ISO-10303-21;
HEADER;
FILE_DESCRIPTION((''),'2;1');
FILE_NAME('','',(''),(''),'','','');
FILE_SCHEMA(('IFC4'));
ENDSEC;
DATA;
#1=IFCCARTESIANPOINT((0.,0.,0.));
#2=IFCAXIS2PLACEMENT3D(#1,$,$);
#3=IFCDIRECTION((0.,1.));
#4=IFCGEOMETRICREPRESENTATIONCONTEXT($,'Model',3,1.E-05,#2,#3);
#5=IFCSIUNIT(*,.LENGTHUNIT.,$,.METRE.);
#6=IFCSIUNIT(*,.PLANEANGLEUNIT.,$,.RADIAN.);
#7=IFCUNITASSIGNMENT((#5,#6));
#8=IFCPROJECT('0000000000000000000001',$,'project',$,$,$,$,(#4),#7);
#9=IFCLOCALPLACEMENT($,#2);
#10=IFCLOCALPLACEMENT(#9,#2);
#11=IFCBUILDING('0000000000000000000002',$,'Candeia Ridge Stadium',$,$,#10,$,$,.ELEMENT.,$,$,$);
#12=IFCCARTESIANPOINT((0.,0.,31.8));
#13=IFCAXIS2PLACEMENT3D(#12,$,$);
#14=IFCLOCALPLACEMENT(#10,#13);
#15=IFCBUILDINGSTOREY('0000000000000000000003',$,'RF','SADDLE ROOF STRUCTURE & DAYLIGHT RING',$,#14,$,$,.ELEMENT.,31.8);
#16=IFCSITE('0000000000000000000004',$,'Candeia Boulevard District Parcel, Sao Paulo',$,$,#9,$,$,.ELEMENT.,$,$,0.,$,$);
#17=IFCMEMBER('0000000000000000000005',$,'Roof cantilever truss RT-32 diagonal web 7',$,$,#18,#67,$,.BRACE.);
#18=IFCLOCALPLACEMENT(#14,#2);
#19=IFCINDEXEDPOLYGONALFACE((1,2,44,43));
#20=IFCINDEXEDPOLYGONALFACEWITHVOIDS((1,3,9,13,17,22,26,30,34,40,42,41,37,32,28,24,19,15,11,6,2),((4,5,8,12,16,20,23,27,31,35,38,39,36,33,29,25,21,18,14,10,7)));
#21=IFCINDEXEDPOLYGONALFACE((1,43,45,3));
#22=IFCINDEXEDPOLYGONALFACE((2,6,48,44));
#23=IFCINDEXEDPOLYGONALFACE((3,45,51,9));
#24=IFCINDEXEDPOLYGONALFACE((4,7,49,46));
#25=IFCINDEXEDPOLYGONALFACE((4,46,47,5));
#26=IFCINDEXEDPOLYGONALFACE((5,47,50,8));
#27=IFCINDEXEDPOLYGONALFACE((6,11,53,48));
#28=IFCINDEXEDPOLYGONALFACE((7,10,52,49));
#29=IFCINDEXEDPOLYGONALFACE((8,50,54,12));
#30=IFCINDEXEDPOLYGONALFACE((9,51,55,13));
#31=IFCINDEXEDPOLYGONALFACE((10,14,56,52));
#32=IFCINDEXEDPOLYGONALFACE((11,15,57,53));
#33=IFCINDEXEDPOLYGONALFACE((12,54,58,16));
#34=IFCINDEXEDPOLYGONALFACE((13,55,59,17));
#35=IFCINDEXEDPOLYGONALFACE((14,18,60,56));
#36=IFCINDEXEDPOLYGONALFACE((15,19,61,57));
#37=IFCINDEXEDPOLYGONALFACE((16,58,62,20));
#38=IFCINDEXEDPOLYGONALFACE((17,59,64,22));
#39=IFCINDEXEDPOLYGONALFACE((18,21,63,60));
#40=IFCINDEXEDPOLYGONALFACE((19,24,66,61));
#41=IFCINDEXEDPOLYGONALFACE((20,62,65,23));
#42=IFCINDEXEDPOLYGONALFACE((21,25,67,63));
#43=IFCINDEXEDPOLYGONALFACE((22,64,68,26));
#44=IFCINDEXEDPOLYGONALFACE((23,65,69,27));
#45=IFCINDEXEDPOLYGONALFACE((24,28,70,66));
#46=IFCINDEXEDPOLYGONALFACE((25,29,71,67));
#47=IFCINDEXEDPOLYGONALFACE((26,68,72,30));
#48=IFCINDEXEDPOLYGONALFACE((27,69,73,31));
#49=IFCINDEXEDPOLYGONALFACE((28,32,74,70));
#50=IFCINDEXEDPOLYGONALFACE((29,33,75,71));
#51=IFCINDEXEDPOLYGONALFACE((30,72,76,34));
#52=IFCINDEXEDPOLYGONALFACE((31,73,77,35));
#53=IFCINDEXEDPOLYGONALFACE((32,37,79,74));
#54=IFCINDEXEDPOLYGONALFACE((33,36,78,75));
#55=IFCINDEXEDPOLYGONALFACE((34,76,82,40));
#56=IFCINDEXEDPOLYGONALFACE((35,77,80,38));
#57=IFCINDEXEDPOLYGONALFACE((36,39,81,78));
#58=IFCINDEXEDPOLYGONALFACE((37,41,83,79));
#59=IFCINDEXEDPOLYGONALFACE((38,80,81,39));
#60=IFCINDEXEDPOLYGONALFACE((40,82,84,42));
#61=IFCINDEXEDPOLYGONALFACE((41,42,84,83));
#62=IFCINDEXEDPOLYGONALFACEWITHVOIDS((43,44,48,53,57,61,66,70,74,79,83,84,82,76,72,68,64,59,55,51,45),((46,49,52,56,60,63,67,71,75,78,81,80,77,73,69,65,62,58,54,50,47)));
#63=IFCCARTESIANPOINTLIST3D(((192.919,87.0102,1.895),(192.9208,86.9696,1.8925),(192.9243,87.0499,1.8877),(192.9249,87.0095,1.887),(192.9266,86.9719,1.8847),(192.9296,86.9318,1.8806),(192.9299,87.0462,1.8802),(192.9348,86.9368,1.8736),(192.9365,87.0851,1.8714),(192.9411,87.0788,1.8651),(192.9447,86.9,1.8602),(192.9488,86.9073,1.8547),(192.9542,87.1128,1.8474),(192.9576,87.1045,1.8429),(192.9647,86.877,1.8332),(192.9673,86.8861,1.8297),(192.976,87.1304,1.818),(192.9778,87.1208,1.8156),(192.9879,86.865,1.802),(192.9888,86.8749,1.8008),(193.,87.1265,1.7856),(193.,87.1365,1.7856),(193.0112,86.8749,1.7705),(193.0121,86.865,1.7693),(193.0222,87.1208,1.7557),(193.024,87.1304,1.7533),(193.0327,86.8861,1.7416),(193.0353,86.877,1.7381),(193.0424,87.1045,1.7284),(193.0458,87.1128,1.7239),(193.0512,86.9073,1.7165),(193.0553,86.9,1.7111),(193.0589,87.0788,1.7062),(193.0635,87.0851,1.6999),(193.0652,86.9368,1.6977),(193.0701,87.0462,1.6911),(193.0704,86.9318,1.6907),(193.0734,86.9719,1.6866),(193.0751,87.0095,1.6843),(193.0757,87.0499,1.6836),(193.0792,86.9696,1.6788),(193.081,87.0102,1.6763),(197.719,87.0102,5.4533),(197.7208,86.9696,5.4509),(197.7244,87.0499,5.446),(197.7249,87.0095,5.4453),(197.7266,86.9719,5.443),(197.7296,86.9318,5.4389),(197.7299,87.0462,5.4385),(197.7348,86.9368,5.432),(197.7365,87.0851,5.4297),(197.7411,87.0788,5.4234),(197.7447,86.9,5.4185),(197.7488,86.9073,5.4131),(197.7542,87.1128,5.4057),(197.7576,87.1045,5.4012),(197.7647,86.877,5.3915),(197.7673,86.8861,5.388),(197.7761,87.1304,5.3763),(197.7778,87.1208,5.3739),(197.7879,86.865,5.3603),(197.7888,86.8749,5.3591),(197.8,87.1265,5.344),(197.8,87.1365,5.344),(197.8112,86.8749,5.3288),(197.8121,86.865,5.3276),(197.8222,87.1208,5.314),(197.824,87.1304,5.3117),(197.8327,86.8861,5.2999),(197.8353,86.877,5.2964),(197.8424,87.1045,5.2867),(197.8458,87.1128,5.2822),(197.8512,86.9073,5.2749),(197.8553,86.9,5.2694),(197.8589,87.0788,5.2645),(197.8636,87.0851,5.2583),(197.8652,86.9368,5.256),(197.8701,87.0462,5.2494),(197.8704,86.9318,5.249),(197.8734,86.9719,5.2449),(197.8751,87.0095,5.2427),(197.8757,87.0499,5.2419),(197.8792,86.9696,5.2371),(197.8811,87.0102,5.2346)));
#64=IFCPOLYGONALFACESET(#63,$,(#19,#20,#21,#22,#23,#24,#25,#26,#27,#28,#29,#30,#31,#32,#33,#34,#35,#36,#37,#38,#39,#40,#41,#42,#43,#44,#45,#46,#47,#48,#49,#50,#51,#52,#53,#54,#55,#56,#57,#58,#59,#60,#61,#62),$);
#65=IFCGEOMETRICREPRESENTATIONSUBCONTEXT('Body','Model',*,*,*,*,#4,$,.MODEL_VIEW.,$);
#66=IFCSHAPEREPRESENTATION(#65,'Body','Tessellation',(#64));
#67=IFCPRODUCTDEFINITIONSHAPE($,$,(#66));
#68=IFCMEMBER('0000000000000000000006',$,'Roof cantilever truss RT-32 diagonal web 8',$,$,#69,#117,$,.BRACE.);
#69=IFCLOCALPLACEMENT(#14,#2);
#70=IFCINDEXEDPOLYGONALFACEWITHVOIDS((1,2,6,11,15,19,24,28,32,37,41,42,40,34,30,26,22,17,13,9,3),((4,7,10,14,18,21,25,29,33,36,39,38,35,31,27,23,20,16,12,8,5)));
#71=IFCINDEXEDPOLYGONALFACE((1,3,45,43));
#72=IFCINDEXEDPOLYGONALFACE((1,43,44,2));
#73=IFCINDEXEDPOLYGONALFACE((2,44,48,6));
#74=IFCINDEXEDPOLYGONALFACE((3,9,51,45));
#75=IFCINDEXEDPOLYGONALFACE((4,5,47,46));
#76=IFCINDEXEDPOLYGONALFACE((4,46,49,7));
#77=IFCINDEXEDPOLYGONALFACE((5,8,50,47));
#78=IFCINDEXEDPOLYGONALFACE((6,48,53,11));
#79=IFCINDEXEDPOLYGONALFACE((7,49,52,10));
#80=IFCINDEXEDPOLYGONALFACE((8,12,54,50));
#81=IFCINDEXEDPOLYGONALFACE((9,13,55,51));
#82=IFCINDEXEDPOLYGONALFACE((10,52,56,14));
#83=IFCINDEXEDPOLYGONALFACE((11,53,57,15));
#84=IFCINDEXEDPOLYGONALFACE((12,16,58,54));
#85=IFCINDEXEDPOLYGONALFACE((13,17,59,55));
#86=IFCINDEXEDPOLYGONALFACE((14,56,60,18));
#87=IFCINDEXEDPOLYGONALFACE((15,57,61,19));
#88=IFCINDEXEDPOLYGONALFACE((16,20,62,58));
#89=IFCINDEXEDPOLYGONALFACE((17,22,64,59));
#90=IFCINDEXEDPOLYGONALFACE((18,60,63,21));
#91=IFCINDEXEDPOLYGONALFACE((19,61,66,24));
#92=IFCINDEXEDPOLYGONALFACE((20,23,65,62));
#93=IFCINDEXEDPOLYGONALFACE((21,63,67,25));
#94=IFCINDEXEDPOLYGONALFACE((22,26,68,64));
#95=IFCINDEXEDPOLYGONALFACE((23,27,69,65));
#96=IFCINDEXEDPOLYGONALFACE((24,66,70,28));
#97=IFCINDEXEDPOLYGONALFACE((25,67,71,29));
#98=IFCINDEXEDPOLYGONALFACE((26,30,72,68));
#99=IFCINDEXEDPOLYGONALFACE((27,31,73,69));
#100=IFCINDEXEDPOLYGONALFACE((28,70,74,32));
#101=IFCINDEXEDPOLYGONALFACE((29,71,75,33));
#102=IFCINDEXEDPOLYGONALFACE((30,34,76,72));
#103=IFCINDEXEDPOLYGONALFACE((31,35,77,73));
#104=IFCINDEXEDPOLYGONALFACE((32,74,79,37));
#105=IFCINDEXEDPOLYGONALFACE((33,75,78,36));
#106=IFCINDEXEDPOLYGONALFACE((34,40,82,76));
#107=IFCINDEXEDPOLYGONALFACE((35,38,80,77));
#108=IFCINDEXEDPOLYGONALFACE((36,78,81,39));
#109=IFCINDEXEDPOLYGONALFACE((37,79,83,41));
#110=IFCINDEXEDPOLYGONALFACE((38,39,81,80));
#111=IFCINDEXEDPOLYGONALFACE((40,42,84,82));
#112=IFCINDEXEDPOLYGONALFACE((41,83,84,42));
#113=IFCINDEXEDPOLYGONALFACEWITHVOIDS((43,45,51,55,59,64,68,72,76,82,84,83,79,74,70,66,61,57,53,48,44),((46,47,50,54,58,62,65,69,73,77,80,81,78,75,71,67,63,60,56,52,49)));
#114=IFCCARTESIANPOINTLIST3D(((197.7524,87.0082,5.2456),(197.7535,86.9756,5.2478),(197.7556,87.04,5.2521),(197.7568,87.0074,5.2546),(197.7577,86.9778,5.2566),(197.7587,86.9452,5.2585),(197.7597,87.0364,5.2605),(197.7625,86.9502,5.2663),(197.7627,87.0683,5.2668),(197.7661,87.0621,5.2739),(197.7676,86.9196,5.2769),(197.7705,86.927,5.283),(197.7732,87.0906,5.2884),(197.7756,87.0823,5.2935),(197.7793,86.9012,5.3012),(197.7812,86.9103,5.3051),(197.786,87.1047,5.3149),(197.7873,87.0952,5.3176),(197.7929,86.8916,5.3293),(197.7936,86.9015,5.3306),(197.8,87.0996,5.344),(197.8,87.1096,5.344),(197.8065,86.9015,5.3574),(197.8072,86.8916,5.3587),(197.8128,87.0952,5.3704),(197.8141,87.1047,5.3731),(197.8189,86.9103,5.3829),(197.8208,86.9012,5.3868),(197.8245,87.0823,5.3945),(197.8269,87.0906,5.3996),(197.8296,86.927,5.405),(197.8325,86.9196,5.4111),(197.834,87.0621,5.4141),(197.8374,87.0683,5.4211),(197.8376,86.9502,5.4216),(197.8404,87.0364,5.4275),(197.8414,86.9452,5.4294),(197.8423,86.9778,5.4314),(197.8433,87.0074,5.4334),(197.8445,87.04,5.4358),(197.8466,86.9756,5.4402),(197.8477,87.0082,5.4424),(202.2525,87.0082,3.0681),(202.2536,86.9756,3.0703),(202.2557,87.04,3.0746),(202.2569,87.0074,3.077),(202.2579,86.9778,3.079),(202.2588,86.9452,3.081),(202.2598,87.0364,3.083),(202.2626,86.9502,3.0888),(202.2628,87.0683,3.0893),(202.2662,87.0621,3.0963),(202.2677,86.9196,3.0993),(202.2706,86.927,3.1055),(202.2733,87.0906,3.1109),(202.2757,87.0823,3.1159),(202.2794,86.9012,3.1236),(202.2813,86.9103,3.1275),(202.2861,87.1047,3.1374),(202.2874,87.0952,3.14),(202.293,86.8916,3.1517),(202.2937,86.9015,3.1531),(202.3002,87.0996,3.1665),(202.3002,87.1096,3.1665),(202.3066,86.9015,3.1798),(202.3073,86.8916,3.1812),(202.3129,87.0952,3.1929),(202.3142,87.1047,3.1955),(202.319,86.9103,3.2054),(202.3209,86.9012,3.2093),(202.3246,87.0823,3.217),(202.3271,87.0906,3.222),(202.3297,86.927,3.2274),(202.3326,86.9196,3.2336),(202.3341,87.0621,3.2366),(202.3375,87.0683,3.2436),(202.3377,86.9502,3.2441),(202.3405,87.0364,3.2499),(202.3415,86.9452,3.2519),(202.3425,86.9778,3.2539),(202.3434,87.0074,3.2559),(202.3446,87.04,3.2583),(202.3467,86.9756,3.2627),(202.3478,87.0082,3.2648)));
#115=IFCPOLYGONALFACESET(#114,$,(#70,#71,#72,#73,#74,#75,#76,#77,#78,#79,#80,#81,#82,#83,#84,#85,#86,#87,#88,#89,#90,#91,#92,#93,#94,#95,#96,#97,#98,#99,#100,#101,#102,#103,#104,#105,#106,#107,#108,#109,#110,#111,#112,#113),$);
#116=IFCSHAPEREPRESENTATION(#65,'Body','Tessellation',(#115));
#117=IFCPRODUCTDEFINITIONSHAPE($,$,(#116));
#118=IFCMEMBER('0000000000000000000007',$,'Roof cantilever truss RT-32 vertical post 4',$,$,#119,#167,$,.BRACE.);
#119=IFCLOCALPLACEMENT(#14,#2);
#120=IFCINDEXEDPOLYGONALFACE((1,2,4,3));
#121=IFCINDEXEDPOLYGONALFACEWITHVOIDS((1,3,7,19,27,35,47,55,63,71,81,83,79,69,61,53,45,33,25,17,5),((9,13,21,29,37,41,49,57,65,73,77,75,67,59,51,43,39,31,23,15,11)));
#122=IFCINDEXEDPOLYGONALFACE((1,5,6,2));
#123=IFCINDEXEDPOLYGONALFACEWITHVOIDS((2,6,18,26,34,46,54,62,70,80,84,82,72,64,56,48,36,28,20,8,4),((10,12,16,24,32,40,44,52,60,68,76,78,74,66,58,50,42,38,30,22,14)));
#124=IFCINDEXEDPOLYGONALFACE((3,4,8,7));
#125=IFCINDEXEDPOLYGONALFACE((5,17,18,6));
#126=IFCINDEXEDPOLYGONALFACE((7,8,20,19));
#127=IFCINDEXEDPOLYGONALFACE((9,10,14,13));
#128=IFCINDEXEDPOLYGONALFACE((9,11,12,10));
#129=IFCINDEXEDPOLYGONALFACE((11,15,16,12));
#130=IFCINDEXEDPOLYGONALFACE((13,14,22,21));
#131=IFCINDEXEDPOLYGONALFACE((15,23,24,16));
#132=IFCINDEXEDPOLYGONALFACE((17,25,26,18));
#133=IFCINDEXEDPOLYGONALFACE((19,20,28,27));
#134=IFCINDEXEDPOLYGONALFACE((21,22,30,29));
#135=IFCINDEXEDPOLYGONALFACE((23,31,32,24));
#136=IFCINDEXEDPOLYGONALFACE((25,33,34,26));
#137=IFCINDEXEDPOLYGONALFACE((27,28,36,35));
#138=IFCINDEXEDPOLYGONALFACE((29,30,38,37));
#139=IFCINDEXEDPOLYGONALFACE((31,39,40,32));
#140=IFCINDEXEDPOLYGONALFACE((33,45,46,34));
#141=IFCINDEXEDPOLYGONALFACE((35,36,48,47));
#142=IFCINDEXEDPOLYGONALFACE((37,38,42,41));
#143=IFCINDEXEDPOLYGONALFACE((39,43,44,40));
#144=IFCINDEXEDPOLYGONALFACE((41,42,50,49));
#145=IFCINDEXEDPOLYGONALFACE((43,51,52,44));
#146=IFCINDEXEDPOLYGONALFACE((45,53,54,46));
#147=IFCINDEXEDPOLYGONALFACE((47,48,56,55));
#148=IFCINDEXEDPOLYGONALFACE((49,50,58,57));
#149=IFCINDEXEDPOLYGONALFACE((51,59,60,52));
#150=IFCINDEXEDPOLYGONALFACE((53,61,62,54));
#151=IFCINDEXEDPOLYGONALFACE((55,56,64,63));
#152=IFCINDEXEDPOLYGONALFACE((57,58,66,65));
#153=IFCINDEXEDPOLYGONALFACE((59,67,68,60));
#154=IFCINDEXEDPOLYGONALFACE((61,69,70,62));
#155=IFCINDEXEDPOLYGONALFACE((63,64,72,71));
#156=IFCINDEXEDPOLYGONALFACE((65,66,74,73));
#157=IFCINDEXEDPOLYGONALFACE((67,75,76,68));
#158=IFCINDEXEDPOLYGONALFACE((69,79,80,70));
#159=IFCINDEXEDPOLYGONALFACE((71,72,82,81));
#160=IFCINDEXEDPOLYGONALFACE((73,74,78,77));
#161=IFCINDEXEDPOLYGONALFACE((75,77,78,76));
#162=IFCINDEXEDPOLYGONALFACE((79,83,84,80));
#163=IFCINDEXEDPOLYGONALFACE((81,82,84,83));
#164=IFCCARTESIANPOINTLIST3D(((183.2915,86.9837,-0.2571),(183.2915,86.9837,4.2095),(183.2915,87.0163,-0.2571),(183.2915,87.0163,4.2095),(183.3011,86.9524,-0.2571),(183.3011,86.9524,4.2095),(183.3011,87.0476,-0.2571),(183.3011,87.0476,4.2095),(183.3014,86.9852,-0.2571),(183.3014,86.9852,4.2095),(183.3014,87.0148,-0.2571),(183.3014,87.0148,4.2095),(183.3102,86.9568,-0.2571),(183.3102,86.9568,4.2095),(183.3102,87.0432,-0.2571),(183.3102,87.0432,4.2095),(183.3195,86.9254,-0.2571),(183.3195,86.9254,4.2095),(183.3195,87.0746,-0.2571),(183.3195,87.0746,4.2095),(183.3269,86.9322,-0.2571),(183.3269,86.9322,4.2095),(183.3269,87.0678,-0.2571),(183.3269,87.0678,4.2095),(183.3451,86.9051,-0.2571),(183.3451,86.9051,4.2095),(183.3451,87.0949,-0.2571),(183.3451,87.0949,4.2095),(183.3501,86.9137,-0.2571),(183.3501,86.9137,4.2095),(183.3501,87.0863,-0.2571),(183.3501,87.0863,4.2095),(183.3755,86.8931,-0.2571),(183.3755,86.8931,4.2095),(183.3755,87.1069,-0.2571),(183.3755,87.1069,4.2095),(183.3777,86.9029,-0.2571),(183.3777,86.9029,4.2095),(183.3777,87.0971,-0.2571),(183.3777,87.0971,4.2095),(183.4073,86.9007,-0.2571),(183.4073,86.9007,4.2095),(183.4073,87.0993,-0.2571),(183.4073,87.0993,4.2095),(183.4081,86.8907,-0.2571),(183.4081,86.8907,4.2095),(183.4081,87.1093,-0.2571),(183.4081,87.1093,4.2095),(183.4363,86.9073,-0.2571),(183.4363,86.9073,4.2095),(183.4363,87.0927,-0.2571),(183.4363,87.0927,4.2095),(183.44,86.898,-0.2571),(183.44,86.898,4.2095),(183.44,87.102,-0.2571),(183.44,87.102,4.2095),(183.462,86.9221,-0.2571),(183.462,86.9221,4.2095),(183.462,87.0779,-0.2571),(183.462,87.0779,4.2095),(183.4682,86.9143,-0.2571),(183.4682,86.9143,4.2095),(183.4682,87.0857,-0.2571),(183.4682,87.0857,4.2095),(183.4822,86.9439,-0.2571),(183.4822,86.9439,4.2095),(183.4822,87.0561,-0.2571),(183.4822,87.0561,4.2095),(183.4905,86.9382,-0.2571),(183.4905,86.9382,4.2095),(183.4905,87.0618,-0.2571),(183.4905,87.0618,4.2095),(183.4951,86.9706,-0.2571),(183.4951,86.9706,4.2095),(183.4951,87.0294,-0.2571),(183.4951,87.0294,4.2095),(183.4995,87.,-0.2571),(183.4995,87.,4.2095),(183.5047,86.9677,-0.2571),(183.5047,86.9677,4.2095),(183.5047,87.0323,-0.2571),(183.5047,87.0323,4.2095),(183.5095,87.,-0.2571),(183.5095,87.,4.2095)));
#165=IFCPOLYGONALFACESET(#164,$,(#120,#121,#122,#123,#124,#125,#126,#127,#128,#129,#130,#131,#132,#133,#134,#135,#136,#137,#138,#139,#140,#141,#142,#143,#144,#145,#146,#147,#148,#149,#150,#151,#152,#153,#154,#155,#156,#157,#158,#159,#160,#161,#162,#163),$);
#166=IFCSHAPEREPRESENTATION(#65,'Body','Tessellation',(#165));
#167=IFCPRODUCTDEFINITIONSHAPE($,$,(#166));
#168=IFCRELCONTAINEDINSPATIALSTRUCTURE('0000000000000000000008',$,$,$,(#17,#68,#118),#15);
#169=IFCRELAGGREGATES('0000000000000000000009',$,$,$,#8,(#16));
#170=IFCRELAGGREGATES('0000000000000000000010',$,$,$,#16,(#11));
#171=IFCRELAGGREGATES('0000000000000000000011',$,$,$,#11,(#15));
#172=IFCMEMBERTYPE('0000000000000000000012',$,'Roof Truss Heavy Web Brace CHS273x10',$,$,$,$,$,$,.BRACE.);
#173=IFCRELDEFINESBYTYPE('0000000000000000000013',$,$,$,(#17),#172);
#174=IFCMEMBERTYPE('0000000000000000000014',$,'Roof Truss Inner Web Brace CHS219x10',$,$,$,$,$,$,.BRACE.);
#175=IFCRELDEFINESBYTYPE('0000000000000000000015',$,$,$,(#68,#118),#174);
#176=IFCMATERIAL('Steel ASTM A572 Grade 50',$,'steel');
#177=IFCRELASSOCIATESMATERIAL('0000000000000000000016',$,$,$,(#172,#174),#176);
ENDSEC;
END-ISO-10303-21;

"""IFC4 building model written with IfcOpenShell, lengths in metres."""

from ifc_helpers import new_model, si_unit, direction, frame, origin, origin_2d, place, context, subcontext, project, spatial, hollow_circle, extrude, material, material_profile, profile_set, type_object, element, save


model = new_model("IFC4")

# Units and contexts
model_context = context("Model", 3, precision=1e-05, world=origin(), true_north=direction((0.0, 1.0)))
body_context = subcontext(model_context, "Body", "Model", "MODEL_VIEW")
ifc_project = project(units=[si_unit("LENGTHUNIT", "METRE"), si_unit("PLANEANGLEUNIT", "RADIAN")], contexts=[model_context])

# Site, building, storey
site_placement = place(None, origin())
site = spatial("IfcSite", under=ifc_project, at=site_placement, Name="Candeia Boulevard District Parcel, Sao Paulo", CompositionType="ELEMENT", RefElevation=0.0)
building_placement = place(site_placement, origin())
building = spatial("IfcBuilding", under=site, at=building_placement, Name="Candeia Ridge Stadium", CompositionType="ELEMENT")
storey_placement = place(building_placement, frame((0.0, 0.0, 31.8)))
storey = spatial("IfcBuildingStorey", under=building, at=storey_placement, Name="RF", Description="SADDLE ROOF STRUCTURE & DAYLIGHT RING", CompositionType="ELEMENT", Elevation=31.8)

# Shared definitions
ifc_material_1 = material(Name="Steel ASTM A572 Grade 50", Category="steel")

# Members
ifc_material_profile_1 = material_profile(ifc_material_1, hollow_circle(Radius=0.1365, WallThickness=0.01, at=origin_2d()), Name="CHS273x10", Category="steel")
ifc_profile_set_1 = profile_set([ifc_material_profile_1], Name="Steel ASTM A572 Grade 50")
member_type_1 = type_object("IfcMemberType", Name="Roof Truss Heavy Web Brace CHS273x10", PredefinedType="BRACE", material=ifc_profile_set_1)
member_1_placement = place(storey_placement, frame((193.0, 87.0, 1.7856), z_axis=(0.803336, 0.0, 0.595526), x_axis=(0.0, 1.0, 0.0)))
element("IfcMember", 1, at=member_1_placement, inside=storey, type_object=member_type_1, Name="Roof cantilever truss RT-32 diagonal web 7", PredefinedType="BRACE", context=body_context, shape_type="SweptSolid", body=[
    extrude(hollow_circle(Radius=0.1365, WallThickness=0.01, at=origin_2d()), origin(), (0.0, 0.0, 1.0), 5.9751),
])
ifc_material_profile_2 = material_profile(ifc_material_1, hollow_circle(Radius=0.1096, WallThickness=0.01, at=origin_2d()), Name="CHS219x10", Category="steel")
ifc_profile_set_2 = profile_set([ifc_material_profile_2], Name="Steel ASTM A572 Grade 50")
member_type_2 = type_object("IfcMemberType", Name="Roof Truss Inner Web Brace CHS219x10", PredefinedType="BRACE", material=ifc_profile_set_2)
member_2_placement = place(storey_placement, frame((197.8, 87.0, 5.344), z_axis=(0.900154, 0.0, -0.435572), x_axis=(0.0, 1.0, 0.0)))
element("IfcMember", 2, at=member_2_placement, inside=storey, type_object=member_type_2, Name="Roof cantilever truss RT-32 diagonal web 8", PredefinedType="BRACE", context=body_context, shape_type="SweptSolid", body=[
    extrude(hollow_circle(Radius=0.1096, WallThickness=0.01, at=origin_2d()), origin(), (0.0, 0.0, 1.0), 4.9993),
])
member_3_placement = place(storey_placement, frame((183.3999, 87.0, -0.2571), z_axis=(0.0, 0.0, 1.0), x_axis=(1.0, 0.0, 0.0)))
element("IfcMember", 3, at=member_3_placement, inside=storey, type_object=member_type_2, Name="Roof cantilever truss RT-32 vertical post 4", PredefinedType="BRACE", context=body_context, shape_type="SweptSolid", body=[
    extrude(hollow_circle(Radius=0.1096, WallThickness=0.01, at=origin_2d()), origin(), (0.0, 0.0, 1.0), 4.4666),
])

save(model, "model.ifc")
